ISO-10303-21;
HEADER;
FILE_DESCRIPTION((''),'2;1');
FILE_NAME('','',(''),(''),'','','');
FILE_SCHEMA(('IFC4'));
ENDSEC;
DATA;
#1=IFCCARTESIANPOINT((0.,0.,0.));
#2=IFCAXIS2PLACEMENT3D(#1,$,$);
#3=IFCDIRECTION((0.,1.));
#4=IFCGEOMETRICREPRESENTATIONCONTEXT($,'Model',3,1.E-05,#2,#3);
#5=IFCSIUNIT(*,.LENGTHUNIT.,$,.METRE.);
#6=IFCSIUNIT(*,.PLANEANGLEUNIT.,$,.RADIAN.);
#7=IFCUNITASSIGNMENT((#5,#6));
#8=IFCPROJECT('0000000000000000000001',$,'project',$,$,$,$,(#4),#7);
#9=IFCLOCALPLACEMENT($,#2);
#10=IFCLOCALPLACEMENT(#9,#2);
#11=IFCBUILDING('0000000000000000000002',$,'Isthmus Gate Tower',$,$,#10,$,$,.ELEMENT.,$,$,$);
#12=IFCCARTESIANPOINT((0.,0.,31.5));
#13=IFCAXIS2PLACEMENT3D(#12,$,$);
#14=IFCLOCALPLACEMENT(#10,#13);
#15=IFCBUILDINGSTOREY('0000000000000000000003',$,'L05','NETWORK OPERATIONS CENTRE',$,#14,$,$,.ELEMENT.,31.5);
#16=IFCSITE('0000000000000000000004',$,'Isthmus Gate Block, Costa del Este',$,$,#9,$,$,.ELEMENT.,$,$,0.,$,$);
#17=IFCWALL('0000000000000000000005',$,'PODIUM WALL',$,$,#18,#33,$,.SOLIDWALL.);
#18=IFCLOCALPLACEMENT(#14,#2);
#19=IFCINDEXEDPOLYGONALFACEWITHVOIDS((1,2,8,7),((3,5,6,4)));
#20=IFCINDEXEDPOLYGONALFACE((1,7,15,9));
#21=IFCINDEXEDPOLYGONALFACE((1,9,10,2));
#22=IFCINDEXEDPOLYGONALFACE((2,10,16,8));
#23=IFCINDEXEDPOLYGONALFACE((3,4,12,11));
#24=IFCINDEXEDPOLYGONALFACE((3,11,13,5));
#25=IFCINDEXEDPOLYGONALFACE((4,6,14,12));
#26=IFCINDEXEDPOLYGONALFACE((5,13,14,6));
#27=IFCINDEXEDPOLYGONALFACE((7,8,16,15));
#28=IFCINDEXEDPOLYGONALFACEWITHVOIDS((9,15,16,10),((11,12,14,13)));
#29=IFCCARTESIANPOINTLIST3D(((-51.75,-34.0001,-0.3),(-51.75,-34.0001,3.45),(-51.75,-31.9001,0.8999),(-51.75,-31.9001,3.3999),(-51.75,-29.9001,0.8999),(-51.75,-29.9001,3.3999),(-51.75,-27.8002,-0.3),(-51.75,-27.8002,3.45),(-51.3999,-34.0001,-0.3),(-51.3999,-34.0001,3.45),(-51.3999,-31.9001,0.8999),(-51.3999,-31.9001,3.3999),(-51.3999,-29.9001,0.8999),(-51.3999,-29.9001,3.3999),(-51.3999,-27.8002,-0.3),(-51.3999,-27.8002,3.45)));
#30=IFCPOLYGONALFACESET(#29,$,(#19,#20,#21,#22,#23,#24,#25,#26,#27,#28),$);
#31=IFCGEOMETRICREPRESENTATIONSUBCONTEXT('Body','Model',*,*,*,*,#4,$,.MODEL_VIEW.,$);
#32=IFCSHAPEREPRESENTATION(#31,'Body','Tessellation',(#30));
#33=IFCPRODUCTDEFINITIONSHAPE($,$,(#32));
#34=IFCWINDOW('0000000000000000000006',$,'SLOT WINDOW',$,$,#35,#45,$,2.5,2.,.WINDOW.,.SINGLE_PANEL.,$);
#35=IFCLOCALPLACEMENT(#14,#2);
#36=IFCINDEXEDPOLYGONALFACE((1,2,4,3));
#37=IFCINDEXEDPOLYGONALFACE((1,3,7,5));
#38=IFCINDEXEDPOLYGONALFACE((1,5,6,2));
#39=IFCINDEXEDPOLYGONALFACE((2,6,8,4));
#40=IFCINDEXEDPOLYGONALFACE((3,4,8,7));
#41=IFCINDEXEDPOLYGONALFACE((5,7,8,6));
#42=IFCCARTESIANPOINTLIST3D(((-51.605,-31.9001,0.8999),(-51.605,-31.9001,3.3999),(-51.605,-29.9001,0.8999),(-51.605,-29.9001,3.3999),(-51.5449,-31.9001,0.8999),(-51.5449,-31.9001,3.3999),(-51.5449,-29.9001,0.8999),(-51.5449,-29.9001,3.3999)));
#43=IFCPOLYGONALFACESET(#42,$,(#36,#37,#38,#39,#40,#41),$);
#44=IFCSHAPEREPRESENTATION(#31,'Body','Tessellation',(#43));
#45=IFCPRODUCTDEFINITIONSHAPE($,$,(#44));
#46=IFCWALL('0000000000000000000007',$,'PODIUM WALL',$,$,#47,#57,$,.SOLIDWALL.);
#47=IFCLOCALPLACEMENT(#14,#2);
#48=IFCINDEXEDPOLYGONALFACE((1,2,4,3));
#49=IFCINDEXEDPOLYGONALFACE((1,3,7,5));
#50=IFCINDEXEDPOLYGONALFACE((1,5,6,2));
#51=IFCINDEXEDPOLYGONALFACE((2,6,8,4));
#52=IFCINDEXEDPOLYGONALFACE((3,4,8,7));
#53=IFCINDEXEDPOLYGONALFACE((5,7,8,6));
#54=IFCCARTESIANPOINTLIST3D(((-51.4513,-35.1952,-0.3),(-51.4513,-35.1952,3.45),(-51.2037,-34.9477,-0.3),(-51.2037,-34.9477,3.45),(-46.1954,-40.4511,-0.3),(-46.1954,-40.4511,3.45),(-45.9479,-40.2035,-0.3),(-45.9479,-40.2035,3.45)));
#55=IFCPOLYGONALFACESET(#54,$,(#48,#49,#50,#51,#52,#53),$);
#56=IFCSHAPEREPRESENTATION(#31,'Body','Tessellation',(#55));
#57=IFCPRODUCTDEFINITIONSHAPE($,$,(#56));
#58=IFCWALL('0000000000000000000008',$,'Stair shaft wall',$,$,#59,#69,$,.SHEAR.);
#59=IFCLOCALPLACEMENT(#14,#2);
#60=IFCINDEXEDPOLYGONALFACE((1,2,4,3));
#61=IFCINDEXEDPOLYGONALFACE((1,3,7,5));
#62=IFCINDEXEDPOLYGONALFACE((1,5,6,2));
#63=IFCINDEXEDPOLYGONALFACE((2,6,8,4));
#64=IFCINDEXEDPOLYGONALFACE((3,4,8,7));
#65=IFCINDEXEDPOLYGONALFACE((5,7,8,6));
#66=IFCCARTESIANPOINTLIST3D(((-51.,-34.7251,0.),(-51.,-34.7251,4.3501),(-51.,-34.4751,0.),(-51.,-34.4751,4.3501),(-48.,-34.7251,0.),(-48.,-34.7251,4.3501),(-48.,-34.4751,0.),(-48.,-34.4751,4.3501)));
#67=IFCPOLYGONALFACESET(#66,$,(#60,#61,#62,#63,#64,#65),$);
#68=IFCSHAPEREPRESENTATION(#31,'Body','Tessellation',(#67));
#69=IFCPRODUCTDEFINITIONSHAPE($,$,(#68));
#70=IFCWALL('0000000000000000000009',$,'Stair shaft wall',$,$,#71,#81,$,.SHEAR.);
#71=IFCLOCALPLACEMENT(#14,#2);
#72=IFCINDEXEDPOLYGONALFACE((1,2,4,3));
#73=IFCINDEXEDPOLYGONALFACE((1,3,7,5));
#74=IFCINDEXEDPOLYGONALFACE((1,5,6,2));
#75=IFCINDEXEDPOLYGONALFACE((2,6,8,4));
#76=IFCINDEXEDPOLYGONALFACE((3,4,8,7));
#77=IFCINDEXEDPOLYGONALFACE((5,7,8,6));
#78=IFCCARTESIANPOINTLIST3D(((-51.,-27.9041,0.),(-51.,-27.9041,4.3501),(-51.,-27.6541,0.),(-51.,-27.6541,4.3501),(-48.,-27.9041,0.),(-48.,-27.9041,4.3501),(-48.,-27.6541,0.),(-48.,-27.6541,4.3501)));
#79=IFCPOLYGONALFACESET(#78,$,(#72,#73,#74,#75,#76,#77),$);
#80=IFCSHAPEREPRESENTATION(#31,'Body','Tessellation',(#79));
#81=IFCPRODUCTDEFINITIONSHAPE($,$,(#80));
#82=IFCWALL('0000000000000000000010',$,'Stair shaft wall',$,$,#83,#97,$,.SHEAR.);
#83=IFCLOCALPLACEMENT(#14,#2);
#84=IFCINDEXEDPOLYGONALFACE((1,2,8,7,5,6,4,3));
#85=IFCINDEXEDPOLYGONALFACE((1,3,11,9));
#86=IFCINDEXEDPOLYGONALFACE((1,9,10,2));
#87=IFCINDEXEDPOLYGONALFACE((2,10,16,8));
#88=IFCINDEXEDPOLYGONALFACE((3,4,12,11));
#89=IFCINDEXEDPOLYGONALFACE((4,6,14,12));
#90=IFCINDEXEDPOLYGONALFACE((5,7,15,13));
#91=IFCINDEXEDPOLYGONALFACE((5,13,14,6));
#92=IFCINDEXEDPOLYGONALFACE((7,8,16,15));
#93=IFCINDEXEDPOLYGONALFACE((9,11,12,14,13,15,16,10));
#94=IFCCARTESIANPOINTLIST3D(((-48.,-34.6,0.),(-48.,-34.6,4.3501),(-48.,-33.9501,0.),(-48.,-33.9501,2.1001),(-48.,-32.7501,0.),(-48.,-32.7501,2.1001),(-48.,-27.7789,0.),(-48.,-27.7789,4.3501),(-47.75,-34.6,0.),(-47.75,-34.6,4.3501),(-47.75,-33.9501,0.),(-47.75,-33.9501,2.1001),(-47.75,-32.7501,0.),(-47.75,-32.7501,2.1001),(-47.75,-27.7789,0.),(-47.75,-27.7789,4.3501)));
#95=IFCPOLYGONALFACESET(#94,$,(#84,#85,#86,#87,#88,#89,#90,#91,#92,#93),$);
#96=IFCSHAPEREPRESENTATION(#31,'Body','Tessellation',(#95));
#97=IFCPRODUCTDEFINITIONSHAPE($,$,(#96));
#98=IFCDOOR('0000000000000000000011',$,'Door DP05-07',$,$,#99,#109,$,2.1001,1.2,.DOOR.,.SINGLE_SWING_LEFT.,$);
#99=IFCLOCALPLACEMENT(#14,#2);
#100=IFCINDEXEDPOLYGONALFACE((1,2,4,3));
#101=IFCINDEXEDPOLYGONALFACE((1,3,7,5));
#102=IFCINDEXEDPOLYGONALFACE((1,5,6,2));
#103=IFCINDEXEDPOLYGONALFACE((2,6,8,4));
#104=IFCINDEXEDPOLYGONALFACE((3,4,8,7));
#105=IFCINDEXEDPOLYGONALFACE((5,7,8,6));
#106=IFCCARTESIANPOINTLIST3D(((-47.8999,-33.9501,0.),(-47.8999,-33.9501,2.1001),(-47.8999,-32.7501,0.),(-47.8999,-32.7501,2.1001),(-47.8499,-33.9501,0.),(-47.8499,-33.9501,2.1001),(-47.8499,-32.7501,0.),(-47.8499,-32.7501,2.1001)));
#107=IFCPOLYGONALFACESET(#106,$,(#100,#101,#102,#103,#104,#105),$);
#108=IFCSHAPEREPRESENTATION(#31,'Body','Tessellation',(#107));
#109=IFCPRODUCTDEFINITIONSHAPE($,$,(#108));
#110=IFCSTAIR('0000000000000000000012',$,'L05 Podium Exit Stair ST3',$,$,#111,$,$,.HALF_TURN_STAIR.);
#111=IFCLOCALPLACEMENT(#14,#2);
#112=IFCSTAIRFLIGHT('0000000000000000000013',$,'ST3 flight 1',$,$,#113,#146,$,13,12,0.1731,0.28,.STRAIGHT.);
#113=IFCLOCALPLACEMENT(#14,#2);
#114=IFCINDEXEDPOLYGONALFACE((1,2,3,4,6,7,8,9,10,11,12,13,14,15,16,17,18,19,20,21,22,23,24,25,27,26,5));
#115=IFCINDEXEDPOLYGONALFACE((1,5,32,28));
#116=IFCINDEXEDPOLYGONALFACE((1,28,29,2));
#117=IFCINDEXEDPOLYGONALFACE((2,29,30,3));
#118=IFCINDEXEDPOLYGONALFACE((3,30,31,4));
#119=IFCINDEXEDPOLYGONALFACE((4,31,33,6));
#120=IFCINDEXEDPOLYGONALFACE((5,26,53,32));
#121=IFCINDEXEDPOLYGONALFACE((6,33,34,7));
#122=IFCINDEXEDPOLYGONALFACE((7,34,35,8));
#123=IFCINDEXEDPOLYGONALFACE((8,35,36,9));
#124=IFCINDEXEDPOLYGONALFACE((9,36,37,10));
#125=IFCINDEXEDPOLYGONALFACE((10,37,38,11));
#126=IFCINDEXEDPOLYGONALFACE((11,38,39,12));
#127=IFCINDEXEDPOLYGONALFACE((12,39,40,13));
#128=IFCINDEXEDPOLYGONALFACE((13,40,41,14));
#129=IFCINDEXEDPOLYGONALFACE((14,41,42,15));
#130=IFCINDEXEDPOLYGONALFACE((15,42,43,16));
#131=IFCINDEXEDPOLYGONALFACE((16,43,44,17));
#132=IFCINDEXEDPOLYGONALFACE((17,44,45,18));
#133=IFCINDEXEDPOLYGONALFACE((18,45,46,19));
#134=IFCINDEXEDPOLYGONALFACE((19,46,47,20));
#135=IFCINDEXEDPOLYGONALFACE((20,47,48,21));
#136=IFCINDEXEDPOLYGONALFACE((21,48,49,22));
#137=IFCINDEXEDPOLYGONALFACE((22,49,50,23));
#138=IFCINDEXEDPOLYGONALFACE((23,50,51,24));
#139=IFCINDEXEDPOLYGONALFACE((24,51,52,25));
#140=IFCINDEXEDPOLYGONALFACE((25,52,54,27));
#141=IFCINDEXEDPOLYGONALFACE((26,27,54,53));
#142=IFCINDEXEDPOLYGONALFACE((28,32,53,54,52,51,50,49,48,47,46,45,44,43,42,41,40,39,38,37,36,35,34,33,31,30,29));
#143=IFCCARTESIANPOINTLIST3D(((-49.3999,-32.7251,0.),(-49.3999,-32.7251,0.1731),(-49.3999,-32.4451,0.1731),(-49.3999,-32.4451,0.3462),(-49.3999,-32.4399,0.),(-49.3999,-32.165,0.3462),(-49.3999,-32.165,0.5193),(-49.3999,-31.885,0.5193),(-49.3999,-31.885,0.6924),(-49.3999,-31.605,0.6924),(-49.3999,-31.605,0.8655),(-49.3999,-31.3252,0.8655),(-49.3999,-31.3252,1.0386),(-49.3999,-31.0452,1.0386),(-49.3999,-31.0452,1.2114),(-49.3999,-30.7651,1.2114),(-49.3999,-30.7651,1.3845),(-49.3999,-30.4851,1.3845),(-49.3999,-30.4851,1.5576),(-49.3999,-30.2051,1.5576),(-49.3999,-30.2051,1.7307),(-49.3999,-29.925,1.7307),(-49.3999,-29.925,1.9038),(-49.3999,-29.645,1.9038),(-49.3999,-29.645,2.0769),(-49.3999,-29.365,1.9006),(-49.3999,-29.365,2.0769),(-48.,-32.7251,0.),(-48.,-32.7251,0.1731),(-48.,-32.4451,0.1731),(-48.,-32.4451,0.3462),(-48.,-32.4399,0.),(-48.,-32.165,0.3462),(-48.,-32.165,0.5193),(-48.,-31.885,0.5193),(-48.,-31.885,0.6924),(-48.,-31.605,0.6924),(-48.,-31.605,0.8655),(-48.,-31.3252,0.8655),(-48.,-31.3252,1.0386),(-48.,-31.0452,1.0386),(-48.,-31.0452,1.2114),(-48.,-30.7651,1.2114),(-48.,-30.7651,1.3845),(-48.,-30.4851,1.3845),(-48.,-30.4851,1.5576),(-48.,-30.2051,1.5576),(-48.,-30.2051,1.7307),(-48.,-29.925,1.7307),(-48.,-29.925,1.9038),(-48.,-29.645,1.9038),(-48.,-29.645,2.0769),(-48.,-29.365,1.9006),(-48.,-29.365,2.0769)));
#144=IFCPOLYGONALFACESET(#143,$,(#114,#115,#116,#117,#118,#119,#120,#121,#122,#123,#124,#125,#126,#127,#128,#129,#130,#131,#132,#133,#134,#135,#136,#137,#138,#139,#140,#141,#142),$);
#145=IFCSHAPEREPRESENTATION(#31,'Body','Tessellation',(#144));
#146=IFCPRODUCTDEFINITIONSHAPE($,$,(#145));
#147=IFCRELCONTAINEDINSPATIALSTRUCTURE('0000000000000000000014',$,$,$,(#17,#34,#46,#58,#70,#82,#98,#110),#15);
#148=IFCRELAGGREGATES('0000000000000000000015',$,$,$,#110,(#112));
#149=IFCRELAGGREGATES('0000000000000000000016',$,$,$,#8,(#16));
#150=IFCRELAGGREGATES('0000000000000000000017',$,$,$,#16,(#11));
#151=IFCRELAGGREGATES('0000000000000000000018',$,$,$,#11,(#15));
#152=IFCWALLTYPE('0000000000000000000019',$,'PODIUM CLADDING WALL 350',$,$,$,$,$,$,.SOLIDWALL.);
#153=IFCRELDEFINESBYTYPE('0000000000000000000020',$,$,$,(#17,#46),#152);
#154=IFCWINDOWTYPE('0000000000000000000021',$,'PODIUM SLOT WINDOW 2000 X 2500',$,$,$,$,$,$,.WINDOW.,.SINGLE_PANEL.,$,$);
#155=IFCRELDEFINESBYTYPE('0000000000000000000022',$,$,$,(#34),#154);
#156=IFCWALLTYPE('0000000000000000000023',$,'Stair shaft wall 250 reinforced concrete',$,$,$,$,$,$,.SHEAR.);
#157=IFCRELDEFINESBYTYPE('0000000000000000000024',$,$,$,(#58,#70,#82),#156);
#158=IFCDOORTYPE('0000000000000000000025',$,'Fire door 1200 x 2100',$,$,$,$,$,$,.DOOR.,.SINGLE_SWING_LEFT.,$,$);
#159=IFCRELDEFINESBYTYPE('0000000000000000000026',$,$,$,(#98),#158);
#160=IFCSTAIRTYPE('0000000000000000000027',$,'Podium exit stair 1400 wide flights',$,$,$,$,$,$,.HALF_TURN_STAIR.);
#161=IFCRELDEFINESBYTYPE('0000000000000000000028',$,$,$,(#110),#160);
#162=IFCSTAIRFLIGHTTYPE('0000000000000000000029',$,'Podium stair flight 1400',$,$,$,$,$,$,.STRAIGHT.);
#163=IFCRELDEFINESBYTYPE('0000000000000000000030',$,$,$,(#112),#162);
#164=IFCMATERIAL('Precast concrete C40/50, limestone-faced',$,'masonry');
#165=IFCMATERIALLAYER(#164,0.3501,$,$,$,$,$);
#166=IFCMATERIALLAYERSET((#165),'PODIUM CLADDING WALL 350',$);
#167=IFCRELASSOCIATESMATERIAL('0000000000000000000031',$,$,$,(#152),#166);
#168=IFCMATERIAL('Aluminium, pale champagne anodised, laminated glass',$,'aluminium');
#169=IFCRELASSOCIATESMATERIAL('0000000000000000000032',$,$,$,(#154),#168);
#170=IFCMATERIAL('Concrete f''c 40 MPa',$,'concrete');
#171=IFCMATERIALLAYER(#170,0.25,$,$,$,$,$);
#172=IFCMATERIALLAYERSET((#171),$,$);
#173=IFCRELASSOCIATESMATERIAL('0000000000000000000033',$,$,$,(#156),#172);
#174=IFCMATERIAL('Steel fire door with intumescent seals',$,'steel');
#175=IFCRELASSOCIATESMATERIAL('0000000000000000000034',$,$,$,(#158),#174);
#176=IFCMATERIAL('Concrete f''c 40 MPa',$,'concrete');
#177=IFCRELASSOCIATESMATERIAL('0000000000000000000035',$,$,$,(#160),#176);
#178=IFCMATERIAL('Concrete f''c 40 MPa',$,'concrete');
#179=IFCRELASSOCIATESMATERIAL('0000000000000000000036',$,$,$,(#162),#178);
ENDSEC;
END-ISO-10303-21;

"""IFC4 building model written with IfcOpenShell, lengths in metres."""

from ifc_helpers import new_model, si_unit, direction, frame, frame_2d, origin, place, context, subcontext, project, spatial, polyline, rectangle, outline, extrude, material, layer, layer_set, type_object, element, fill, aggregate, save


model = new_model("IFC4")

# Units and contexts
model_context = context("Model", 3, precision=1e-05, world=origin(), true_north=direction((0.0, 1.0)))
body_context = subcontext(model_context, "Body", "Model", "MODEL_VIEW")
ifc_project = project(units=[si_unit("LENGTHUNIT", "METRE"), si_unit("PLANEANGLEUNIT", "RADIAN")], contexts=[model_context])

# Site, building, storey
site_placement = place(None, origin())
site = spatial("IfcSite", under=ifc_project, at=site_placement, Name="Isthmus Gate Block, Costa del Este", CompositionType="ELEMENT", RefElevation=0.0)
building_placement = place(site_placement, origin())
building = spatial("IfcBuilding", under=site, at=building_placement, Name="Isthmus Gate Tower", CompositionType="ELEMENT")
storey_placement = place(building_placement, frame((0.0, 0.0, 31.5)))
storey = spatial("IfcBuildingStorey", under=building, at=storey_placement, Name="L05", Description="NETWORK OPERATIONS CENTRE", CompositionType="ELEMENT", Elevation=31.5)

# Wall, opening, window
ifc_material_1 = material(Name="Precast concrete C40/50, limestone-faced", Category="masonry")
ifc_layer_1 = layer(ifc_material_1, 0.3501)
ifc_layer_set_1 = layer_set([ifc_layer_1], Name="PODIUM CLADDING WALL 350")
wall_type_1 = type_object("IfcWallType", Name="PODIUM CLADDING WALL 350", PredefinedType="SOLIDWALL", material=ifc_layer_set_1)
wall_1_placement = place(storey_placement, frame((-51.575, -27.8, -0.3), z_axis=(0.0, 0.0, 1.0), x_axis=(0.0, -1.0, 0.0)))
wall_1 = element("IfcWall", 1, at=wall_1_placement, inside=storey, type_object=wall_type_1, Name="PODIUM WALL", PredefinedType="SOLIDWALL", context=body_context, shape_type="SweptSolid", body=[
    extrude(rectangle(XDim=6.2, YDim=0.3501, at=frame_2d((3.1001, 0.0))), origin(), (0.0, 0.0, 1.0), 3.75),
])
opening_1_placement = place(wall_1_placement, frame((2.1001, 0.0, 1.2)))
opening_1 = element("IfcOpeningElement", 2, at=opening_1_placement, cuts=wall_1, PredefinedType="OPENING", context=body_context, shape_type="SweptSolid", body=[
    extrude(rectangle(XDim=2.0, YDim=2.5, at=frame_2d((1.0, 1.25))), frame((0.0, 0.1851, 0.0), z_axis=(0.0, -1.0, 0.0), x_axis=(1.0, 0.0, 0.0)), (0.0, 0.0, 1.0), 0.3701),
])
ifc_material_2 = material(Name="Aluminium, pale champagne anodised, laminated glass", Category="aluminium")
window_type = type_object("IfcWindowType", Name="PODIUM SLOT WINDOW 2000 X 2500", PartitioningType="SINGLE_PANEL", PredefinedType="WINDOW", material=ifc_material_2)
window_placement = place(opening_1_placement, origin())
window = element("IfcWindow", 3, at=window_placement, inside=storey, type_object=window_type, Name="SLOT WINDOW", OverallHeight=2.5, OverallWidth=2.0, PartitioningType="SINGLE_PANEL", PredefinedType="WINDOW", context=body_context, shape_type="SweptSolid", body=[
    extrude(rectangle(XDim=2.0, YDim=2.5, at=frame_2d((1.0, 1.25))), frame((0.0, 0.03, 0.0), z_axis=(0.0, -1.0, 0.0), x_axis=(1.0, 0.0, 0.0)), (0.0, 0.0, 1.0), 0.0601),
])
fill(opening_1, window)

# Wall
wall_2_placement = place(storey_placement, frame((-51.3274, -35.0715, -0.3), z_axis=(0.0, 0.0, 1.0), x_axis=(0.707107, -0.707107, 0.0)))
element("IfcWall", 4, at=wall_2_placement, inside=storey, type_object=wall_type_1, Name="PODIUM WALL", PredefinedType="SOLIDWALL", context=body_context, shape_type="SweptSolid", body=[
    extrude(rectangle(XDim=7.4329, YDim=0.3501, at=frame_2d((3.7163, 0.0))), origin(), (0.0, 0.0, 1.0), 3.75),
])

# Walls
ifc_material_3 = material(Name="Concrete f'c 40 MPa", Category="concrete")
ifc_layer_2 = layer(ifc_material_3, 0.25)
ifc_layer_set_2 = layer_set([ifc_layer_2])
wall_type_2 = type_object("IfcWallType", Name="Stair shaft wall 250 reinforced concrete", PredefinedType="SHEAR", material=ifc_layer_set_2)
for number, where, z_axis, x_axis, name in (
    (5, (-51.0, -34.6001, 0.0), (0.0, 0.0, 1.0), (1.0, 0.0, 0.0), "Stair shaft wall"),
    (6, (-51.0, -27.7791, 0.0), (0.0, 0.0, 1.0), (1.0, 0.0, 0.0), "Stair shaft wall"),
):
    element("IfcWall", number, at=place(storey_placement, frame(where, z_axis=z_axis, x_axis=x_axis)), inside=storey, type_object=wall_type_2, Name=name, PredefinedType="SHEAR", context=body_context, shape_type="SweptSolid", body=[
        extrude(rectangle(XDim=3.0, YDim=0.25, at=frame_2d((1.5, 0.0))), origin(), (0.0, 0.0, 1.0), 4.3501),
    ])

# Wall, opening, door
wall_3_placement = place(storey_placement, frame((-47.875, -34.6001, 0.0), z_axis=(0.0, 0.0, 1.0), x_axis=(0.0, 1.0, 0.0)))
wall_3 = element("IfcWall", 7, at=wall_3_placement, inside=storey, type_object=wall_type_2, Name="Stair shaft wall", PredefinedType="SHEAR", context=body_context, shape_type="SweptSolid", body=[
    extrude(rectangle(XDim=6.821, YDim=0.25, at=frame_2d((3.4106, 0.0))), origin(), (0.0, 0.0, 1.0), 4.3501),
])
opening_2_placement = place(wall_3_placement, frame((0.6499, 0.0, 0.0)))
opening_2 = element("IfcOpeningElement", 8, at=opening_2_placement, cuts=wall_3, PredefinedType="OPENING", context=body_context, shape_type="SweptSolid", body=[
    extrude(rectangle(XDim=1.2, YDim=2.1001, at=frame_2d((0.6001, 1.05))), frame((0.0, 0.135, 0.0), z_axis=(0.0, -1.0, 0.0), x_axis=(1.0, 0.0, 0.0)), (0.0, 0.0, 1.0), 0.27),
])
ifc_material_4 = material(Name="Steel fire door with intumescent seals", Category="steel")
door_type_1 = type_object("IfcDoorType", Name="Fire door 1200 x 2100", OperationType="SINGLE_SWING_LEFT", PredefinedType="DOOR", material=ifc_material_4)
door_1_placement = place(opening_2_placement, origin())
door_1 = element("IfcDoor", 9, at=door_1_placement, inside=storey, type_object=door_type_1, Name="Door DP05-07", OperationType="SINGLE_SWING_LEFT", OverallHeight=2.1001, OverallWidth=1.2, PredefinedType="DOOR", context=body_context, shape_type="SweptSolid", body=[
    extrude(rectangle(XDim=1.2, YDim=2.1001, at=frame_2d((0.6001, 1.05))), frame((0.0, 0.0249, 0.0), z_axis=(0.0, -1.0, 0.0), x_axis=(1.0, 0.0, 0.0)), (0.0, 0.0, 1.0), 0.05),
])
fill(opening_2, door_1)

# Stair, stair flight
ifc_material_5 = material(Name="Concrete f'c 40 MPa", Category="concrete")
stair_type = type_object("IfcStairType", Name="Podium exit stair 1400 wide flights", PredefinedType="HALF_TURN_STAIR", material=ifc_material_5)
stair_placement = place(storey_placement, origin())
stair = element("IfcStair", 10, at=stair_placement, inside=storey, type_object=stair_type, Name="L05 Podium Exit Stair ST3", PredefinedType="HALF_TURN_STAIR")
ifc_material_6 = material(Name="Concrete f'c 40 MPa", Category="concrete")
stair_flight_type = type_object("IfcStairFlightType", Name="Podium stair flight 1400", PredefinedType="STRAIGHT", material=ifc_material_6)
stair_flight_1_placement = place(storey_placement, frame((-48.7, -32.7251, 0.0), z_axis=(0.0, 0.0, 1.0), x_axis=(0.0, 1.0, 0.0)))
stair_flight_1 = element("IfcStairFlight", 11, at=stair_flight_1_placement, type_object=stair_flight_type, Name="ST3 flight 1", NumberOfRisers=13, NumberOfTreads=12, PredefinedType="STRAIGHT", RiserHeight=0.1731, TreadLength=0.28, context=body_context, shape_type="SweptSolid", body=[
    extrude(outline(polyline([(0.0, 0.0), (0.0, 0.1731), (0.28, 0.1731), (0.28, 0.3462), (0.5601, 0.3462), (0.5601, 0.5193), (0.8401, 0.5193), (0.8401, 0.6924), (1.1201, 0.6924), (1.1201, 0.8655), (1.3999, 0.8655), (1.3999, 1.0386), (1.6799, 1.0386), (1.6799, 1.2114), (1.96, 1.2114), (1.96, 1.3845), (2.24, 1.3845), (2.24, 1.5576), (2.52, 1.5576), (2.52, 1.7307), (2.8, 1.7307), (2.8, 1.9038), (3.0801, 1.9038), (3.0801, 2.0769), (3.3601, 2.0769), (3.3601, 2.25), (3.3601, 1.9006), (0.2852, 0.0), (0.0, 0.0)])), frame((0.0, 0.7, 0.0), z_axis=(0.0, -1.0, 0.0), x_axis=(1.0, 0.0, 0.0)), (0.0, 0.0, 1.0), 1.3999),
])
aggregate(stair, [stair_flight_1])

save(model, "model.ifc")
